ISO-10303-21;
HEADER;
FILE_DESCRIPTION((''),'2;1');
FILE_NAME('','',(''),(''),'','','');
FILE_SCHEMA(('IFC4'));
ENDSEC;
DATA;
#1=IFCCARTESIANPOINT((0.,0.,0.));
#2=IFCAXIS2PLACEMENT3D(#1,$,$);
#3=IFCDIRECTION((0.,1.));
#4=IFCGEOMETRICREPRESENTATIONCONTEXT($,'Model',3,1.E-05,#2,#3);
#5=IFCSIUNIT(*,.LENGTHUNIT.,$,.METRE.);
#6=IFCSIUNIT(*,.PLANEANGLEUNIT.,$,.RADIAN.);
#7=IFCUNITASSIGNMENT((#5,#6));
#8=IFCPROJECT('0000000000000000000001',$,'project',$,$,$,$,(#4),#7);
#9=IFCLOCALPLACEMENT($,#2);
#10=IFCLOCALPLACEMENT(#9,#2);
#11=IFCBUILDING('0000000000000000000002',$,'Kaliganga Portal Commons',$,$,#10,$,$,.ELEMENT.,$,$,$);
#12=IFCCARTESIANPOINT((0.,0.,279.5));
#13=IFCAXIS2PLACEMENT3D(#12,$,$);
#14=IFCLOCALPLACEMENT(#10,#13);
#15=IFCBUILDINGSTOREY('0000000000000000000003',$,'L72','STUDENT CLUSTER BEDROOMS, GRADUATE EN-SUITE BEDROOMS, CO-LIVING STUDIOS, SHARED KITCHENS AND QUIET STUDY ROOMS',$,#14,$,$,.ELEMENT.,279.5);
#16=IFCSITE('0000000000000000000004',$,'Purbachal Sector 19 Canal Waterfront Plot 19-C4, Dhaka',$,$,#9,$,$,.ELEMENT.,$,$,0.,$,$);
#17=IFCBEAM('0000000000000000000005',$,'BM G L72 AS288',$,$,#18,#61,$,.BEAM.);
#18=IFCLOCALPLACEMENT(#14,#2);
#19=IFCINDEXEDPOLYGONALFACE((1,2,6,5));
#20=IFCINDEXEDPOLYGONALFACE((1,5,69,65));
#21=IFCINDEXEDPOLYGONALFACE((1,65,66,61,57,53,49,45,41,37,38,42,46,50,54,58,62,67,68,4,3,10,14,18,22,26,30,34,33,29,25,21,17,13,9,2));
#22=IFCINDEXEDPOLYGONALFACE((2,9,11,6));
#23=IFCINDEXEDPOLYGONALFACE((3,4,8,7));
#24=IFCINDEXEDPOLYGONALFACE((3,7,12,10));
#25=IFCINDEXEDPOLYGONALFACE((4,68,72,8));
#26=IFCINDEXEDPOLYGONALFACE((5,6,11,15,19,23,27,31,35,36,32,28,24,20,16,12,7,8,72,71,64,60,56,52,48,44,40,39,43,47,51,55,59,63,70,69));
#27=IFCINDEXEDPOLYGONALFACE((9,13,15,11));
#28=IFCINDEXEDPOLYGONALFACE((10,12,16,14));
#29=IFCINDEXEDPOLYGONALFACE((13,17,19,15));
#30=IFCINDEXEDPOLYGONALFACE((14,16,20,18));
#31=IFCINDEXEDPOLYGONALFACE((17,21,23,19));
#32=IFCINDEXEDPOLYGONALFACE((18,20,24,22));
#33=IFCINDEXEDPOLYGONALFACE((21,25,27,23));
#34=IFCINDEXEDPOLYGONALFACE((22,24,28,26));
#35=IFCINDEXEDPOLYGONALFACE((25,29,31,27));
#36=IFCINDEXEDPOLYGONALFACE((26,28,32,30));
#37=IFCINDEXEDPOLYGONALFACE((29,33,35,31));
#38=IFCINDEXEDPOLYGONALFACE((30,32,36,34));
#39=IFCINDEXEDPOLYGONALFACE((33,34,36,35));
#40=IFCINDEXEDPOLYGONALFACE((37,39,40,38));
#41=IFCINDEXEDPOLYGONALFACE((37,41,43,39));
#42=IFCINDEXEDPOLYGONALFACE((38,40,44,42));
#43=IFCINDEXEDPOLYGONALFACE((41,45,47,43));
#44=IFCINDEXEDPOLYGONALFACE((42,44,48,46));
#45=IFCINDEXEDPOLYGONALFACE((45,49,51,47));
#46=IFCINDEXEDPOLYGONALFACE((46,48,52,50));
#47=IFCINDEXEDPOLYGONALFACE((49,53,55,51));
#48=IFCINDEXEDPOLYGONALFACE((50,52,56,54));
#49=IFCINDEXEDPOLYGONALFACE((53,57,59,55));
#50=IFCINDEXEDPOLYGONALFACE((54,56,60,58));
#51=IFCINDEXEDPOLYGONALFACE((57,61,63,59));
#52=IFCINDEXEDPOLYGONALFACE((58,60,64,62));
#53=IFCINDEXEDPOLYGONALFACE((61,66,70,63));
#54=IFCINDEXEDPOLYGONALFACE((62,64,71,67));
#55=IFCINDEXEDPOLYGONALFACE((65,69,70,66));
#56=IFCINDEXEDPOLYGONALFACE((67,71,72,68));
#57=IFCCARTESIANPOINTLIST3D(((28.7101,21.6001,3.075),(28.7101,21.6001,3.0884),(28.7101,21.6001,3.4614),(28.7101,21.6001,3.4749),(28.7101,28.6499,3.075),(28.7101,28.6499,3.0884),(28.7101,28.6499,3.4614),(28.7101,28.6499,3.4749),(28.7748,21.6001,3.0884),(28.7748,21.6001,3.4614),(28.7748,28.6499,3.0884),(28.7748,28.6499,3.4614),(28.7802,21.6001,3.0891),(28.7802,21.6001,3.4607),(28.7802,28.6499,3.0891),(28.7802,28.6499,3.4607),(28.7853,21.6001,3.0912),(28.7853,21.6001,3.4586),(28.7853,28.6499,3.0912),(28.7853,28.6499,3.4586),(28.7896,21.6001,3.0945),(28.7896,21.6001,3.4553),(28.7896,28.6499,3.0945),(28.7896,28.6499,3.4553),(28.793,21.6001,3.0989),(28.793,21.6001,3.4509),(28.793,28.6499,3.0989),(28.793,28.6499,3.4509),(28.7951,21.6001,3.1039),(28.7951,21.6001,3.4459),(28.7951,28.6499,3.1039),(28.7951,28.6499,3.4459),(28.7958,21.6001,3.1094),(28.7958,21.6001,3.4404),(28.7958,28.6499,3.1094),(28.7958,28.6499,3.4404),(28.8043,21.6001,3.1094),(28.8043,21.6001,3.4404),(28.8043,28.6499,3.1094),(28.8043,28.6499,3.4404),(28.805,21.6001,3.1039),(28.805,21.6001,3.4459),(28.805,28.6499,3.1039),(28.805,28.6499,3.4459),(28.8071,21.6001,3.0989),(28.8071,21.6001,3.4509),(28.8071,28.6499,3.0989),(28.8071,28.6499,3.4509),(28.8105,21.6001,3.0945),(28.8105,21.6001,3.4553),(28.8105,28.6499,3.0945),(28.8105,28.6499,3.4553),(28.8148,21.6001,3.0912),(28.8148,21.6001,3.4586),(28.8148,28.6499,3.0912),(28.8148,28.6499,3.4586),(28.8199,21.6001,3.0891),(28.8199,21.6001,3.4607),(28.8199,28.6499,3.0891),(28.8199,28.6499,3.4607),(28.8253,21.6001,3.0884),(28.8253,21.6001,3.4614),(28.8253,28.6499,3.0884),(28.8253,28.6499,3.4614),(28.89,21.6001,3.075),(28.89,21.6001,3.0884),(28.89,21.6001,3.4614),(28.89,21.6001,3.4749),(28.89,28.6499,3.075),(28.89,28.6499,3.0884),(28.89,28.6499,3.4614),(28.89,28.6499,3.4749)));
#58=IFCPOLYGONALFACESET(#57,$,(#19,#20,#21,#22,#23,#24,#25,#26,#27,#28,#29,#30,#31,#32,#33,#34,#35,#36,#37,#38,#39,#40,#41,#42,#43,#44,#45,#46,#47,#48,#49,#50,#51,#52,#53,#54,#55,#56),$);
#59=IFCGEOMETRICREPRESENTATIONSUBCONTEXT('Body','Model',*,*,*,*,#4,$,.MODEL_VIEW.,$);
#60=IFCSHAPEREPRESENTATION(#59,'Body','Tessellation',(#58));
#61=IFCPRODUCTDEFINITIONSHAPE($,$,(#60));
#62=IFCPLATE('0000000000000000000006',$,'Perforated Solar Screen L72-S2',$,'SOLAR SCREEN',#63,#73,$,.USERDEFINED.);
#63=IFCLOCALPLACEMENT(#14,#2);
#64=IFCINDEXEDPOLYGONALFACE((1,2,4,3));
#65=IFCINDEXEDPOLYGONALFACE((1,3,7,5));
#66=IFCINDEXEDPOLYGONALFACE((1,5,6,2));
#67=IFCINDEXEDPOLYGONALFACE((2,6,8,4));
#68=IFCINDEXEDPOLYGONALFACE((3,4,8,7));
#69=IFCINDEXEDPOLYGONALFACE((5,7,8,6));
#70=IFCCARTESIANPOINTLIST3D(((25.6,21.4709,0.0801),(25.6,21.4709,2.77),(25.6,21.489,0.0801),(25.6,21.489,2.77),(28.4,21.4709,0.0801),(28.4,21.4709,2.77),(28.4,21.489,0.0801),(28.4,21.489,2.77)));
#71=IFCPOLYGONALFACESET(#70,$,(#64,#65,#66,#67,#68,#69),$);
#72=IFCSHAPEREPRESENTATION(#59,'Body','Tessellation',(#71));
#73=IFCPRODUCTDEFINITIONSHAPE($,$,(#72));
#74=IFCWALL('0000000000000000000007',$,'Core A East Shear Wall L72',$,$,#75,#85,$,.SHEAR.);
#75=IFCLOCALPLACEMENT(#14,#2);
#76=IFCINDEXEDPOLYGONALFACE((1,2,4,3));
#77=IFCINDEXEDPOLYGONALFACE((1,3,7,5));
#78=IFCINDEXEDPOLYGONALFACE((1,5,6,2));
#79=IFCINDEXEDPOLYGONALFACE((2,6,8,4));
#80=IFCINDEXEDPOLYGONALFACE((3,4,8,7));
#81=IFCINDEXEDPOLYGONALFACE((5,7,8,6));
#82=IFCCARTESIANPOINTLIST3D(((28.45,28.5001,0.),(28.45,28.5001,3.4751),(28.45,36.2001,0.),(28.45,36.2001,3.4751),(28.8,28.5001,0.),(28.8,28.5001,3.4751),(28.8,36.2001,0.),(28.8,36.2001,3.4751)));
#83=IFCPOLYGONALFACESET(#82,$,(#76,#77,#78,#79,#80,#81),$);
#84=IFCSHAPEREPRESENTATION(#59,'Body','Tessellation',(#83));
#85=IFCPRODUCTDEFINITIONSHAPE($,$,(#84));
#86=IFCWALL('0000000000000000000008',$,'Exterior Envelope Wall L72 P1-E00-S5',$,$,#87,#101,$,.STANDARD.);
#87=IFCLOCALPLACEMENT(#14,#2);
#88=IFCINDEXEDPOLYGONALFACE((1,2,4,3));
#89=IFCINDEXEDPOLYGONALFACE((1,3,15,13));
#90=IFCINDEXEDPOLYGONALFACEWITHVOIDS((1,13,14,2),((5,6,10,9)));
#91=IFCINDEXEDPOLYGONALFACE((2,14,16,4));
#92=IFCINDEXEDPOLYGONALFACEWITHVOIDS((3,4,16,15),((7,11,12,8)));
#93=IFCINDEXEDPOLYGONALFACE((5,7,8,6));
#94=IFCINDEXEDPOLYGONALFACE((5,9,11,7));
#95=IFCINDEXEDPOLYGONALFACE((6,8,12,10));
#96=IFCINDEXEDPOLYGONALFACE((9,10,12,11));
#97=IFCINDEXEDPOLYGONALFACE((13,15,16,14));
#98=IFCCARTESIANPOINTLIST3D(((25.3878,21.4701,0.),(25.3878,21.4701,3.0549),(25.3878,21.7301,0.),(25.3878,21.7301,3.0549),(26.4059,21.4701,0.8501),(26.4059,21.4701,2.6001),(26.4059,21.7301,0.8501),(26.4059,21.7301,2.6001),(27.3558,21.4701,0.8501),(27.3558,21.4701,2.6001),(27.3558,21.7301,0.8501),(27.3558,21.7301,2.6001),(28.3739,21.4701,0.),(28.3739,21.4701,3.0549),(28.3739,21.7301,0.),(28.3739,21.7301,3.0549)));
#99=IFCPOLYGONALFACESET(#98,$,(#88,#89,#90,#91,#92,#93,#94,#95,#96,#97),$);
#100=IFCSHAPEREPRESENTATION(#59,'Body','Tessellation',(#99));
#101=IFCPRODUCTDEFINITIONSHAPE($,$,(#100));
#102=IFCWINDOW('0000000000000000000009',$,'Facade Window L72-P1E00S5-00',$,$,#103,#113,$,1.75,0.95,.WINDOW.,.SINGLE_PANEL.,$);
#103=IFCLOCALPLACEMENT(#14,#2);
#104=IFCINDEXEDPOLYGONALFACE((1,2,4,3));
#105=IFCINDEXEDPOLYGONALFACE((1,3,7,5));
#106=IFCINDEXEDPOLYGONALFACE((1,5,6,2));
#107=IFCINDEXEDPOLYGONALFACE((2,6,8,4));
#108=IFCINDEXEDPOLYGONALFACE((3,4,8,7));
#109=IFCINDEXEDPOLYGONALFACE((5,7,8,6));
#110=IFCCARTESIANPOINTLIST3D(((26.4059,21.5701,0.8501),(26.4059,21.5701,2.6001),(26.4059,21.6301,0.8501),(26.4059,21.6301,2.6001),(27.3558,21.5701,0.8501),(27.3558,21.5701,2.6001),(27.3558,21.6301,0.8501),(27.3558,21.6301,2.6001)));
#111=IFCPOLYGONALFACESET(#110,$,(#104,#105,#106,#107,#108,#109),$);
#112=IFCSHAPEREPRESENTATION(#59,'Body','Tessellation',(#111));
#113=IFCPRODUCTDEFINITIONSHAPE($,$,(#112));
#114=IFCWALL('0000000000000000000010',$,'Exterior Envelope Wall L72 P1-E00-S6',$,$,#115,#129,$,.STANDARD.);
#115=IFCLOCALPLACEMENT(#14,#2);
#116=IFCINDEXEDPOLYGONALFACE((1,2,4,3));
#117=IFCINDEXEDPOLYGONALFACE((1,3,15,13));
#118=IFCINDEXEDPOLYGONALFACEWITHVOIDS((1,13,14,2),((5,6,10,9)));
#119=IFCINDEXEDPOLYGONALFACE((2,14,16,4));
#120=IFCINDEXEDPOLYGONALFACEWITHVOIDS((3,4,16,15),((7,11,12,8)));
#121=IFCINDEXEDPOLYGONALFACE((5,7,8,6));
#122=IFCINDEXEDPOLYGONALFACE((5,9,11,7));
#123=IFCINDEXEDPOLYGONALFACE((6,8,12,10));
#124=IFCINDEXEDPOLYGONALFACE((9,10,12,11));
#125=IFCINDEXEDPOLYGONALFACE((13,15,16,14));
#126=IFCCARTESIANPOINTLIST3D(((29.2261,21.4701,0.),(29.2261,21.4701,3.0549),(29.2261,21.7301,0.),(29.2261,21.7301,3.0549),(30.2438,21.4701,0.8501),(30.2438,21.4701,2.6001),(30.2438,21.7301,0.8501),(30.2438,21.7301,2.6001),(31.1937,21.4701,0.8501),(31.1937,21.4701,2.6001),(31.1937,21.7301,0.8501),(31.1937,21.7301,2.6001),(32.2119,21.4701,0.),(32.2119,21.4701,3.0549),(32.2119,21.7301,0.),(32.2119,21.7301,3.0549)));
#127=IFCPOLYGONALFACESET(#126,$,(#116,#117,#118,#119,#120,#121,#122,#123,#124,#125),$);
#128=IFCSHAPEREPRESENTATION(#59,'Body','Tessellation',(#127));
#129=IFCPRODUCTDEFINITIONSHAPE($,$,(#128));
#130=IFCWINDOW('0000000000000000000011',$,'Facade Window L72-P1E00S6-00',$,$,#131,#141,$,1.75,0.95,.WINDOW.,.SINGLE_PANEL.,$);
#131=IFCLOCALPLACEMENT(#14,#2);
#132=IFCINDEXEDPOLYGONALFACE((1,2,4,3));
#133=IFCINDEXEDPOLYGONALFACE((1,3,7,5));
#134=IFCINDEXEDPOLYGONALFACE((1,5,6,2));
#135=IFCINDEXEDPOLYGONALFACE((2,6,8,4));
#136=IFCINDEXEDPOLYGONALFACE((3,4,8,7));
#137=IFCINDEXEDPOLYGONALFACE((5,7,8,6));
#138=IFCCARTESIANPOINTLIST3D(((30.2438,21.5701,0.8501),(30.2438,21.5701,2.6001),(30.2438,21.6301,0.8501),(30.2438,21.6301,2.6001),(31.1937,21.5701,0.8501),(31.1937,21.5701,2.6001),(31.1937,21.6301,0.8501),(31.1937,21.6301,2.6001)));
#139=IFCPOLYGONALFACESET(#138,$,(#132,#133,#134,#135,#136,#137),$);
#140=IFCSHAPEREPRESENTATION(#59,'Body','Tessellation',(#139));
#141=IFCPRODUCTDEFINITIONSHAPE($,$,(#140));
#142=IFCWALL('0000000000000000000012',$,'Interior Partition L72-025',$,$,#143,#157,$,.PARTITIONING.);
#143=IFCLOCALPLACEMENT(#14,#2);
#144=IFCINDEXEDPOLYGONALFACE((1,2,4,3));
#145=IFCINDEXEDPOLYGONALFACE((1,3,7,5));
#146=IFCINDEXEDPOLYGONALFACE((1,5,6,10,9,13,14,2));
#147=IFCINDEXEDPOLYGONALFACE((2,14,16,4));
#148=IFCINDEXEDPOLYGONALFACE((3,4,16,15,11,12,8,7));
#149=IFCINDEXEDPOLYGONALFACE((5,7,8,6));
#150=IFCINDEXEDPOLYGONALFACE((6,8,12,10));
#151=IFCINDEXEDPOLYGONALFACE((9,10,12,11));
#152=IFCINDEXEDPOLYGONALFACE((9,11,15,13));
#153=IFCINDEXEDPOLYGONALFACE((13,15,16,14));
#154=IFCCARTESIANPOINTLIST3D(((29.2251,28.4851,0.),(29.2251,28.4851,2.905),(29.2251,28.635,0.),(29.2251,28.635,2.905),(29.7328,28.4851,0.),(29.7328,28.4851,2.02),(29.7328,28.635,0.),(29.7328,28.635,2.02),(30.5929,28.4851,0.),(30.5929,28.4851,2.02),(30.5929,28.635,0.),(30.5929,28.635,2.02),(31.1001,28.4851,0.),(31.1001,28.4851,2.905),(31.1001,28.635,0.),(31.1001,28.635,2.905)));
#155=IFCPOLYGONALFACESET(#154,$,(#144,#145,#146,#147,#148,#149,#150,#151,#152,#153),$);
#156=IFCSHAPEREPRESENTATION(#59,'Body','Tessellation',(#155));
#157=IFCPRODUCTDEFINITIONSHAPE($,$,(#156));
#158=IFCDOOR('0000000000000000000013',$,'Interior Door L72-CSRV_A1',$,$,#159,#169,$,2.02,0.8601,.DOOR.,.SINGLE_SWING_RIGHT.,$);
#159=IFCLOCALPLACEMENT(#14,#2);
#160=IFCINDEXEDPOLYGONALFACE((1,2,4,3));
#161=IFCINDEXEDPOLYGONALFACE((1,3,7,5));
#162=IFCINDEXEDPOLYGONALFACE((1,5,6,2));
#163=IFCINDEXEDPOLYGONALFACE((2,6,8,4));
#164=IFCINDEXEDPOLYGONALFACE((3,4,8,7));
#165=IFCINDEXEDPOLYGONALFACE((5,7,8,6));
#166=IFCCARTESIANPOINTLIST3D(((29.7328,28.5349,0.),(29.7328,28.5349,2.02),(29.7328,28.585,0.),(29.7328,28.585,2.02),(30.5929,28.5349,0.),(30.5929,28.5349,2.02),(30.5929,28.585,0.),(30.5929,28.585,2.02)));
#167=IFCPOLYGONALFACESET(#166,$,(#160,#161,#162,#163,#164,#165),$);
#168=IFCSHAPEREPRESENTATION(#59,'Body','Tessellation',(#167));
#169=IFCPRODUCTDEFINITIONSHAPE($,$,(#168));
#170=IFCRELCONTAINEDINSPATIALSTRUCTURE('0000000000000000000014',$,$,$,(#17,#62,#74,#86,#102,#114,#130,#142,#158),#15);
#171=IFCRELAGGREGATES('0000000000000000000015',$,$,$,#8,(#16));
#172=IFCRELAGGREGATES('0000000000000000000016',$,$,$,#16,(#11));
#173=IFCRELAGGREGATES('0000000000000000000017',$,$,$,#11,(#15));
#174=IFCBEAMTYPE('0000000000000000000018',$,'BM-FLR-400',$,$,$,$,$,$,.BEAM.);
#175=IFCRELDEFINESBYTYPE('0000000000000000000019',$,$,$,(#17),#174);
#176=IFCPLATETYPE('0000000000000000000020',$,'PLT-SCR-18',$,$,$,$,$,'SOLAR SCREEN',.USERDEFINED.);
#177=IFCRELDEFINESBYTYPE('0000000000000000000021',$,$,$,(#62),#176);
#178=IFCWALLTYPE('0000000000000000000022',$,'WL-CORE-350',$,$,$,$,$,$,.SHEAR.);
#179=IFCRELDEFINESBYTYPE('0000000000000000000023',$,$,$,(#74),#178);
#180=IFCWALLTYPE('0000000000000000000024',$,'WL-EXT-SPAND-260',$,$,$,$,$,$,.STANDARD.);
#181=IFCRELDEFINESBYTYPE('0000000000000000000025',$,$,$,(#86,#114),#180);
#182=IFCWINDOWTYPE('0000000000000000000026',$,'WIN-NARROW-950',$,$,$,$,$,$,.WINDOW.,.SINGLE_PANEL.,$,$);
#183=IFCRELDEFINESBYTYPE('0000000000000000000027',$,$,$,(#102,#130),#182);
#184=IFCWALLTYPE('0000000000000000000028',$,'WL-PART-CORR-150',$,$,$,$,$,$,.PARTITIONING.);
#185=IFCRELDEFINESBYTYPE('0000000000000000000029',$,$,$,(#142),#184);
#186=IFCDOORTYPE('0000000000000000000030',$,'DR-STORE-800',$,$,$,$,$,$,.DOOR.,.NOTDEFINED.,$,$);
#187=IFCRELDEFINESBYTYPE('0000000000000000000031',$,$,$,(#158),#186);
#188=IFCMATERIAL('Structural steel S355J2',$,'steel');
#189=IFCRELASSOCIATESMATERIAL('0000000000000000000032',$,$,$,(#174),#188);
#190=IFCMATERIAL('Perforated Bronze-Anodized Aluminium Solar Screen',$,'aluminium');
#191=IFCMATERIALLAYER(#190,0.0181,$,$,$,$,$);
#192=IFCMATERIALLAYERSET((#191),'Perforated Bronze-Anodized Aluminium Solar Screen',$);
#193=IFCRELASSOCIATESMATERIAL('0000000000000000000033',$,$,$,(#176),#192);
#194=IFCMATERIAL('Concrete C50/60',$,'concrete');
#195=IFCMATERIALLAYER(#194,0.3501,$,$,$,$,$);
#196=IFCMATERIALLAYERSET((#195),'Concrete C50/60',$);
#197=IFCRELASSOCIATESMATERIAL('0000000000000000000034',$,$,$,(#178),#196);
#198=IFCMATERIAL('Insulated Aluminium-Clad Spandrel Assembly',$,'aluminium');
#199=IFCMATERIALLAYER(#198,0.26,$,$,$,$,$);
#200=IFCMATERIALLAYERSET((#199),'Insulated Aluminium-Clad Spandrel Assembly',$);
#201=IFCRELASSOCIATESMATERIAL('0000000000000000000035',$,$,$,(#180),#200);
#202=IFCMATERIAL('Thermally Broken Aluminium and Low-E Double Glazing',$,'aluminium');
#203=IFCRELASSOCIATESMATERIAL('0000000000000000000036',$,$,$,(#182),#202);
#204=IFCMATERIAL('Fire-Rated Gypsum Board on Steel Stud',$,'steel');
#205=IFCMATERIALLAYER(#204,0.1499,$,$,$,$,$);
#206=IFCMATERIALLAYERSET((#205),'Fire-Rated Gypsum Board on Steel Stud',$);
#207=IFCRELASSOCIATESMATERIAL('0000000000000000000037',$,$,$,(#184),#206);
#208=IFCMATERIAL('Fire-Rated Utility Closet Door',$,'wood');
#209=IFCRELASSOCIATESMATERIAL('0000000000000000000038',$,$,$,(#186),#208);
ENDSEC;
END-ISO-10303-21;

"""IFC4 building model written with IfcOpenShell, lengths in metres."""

from ifc_helpers import new_model, si_unit, direction, frame, frame_2d, origin, origin_2d, place, context, subcontext, project, spatial, rectangle, i_section, extrude, source, transform, mapped, material, layer, layer_set, material_profile, profile_set, type_object, element, fill, save


model = new_model("IFC4")

# Units and contexts
model_context = context("Model", 3, precision=1e-05, world=origin(), true_north=direction((0.0, 1.0)))
body_context = subcontext(model_context, "Body", "Model", "MODEL_VIEW")
ifc_project = project(units=[si_unit("LENGTHUNIT", "METRE"), si_unit("PLANEANGLEUNIT", "RADIAN")], contexts=[model_context])

# Site, building, storey
site_placement = place(None, origin())
site = spatial("IfcSite", under=ifc_project, at=site_placement, Name="Purbachal Sector 19 Canal Waterfront Plot 19-C4, Dhaka", CompositionType="ELEMENT", RefElevation=0.0)
building_placement = place(site_placement, origin())
building = spatial("IfcBuilding", under=site, at=building_placement, Name="Kaliganga Portal Commons", CompositionType="ELEMENT")
storey_placement = place(building_placement, frame((0.0, 0.0, 279.5)))
storey = spatial("IfcBuildingStorey", under=building, at=storey_placement, Name="L72", Description="STUDENT CLUSTER BEDROOMS, GRADUATE EN-SUITE BEDROOMS, CO-LIVING STUDIOS, SHARED KITCHENS AND QUIET STUDY ROOMS", CompositionType="ELEMENT", Elevation=279.5)

# Shared definitions
ifc_material_1 = material(Name="Concrete C50/60", Category="concrete")

# Beam
ifc_material_2 = material(Name="Structural steel S355J2", Category="steel")
ifc_material_profile_1 = material_profile(ifc_material_2, i_section(OverallWidth=0.1799, OverallDepth=0.3999, WebThickness=0.0085, FlangeThickness=0.0134, FilletRadius=0.021, at=origin_2d()), Name="IPE 400")
ifc_profile_set_1 = profile_set([ifc_material_profile_1], Name="Structural steel S355J2 wide-flange")
beam_type_1 = type_object("IfcBeamType", Name="BM-FLR-400", PredefinedType="BEAM", material=ifc_profile_set_1)
shared_shape_1 = source(origin(), body_context, "Body", "SweptSolid", [
    extrude(i_section(OverallWidth=0.1799, OverallDepth=0.3999, WebThickness=0.0085, FlangeThickness=0.0134, FilletRadius=0.021, at=origin_2d()), origin(), (0.0, 0.0, 1.0), 7.0498),
])
beam_1_placement = place(storey_placement, frame((28.8, 21.6001, 3.2749), z_axis=(0.0, 1.0, 0.0), x_axis=(-1.0, 0.0, 0.0)))
element("IfcBeam", 1, at=beam_1_placement, inside=storey, type_object=beam_type_1, Name="BM G L72 AS288", PredefinedType="BEAM", context=body_context, shape_type="MappedRepresentation", body=[
    mapped(shared_shape_1, transform((0.0, 0.0, 0.0), x_axis=(1.0, 0.0, 0.0), y_axis=(0.0, 1.0, 0.0), z_axis=(0.0, 0.0, 1.0), scale=1.0)),
])

# Plate
ifc_material_3 = material(Name="Perforated Bronze-Anodized Aluminium Solar Screen", Category="aluminium")
ifc_layer_1 = layer(ifc_material_3, 0.0181)
ifc_layer_set_1 = layer_set([ifc_layer_1], Name="Perforated Bronze-Anodized Aluminium Solar Screen")
plate_type = type_object("IfcPlateType", Name="PLT-SCR-18", ElementType="SOLAR SCREEN", PredefinedType="USERDEFINED", material=ifc_layer_set_1)
shared_shape_2 = source(origin(), body_context, "Body", "SweptSolid", [
    extrude(rectangle(XDim=2.8, YDim=0.0181, at=origin_2d()), origin(), (0.0, 0.0, 1.0), 2.6899),
])
plate_placement = place(storey_placement, frame((27.0, 21.48, 0.0801), z_axis=(0.0, 0.0, 1.0), x_axis=(1.0, 0.0, 0.0)))
element("IfcPlate", 2, at=plate_placement, inside=storey, type_object=plate_type, Name="Perforated Solar Screen L72-S2", ObjectType="SOLAR SCREEN", PredefinedType="USERDEFINED", context=body_context, shape_type="MappedRepresentation", body=[
    mapped(shared_shape_2, transform((0.0, 0.0, 0.0), x_axis=(1.0, 0.0, 0.0), y_axis=(0.0, 1.0, 0.0), z_axis=(0.0, 0.0, 1.0), scale=1.0)),
])

# Wall
ifc_layer_2 = layer(ifc_material_1, 0.3501)
ifc_layer_set_2 = layer_set([ifc_layer_2], Name="Concrete C50/60")
wall_type_1 = type_object("IfcWallType", Name="WL-CORE-350", PredefinedType="SHEAR", material=ifc_layer_set_2)
wall_1_placement = place(storey_placement, frame((28.625, 28.5, 0.0), z_axis=(0.0, 0.0, 1.0), x_axis=(0.0, 1.0, 0.0)))
element("IfcWall", 3, at=wall_1_placement, inside=storey, type_object=wall_type_1, Name="Core A East Shear Wall L72", PredefinedType="SHEAR", context=body_context, shape_type="SweptSolid", body=[
    extrude(rectangle(XDim=7.7, YDim=0.3501, at=frame_2d((3.8501, 0.0))), origin(), (0.0, 0.0, 1.0), 3.4751),
])

# Walls, openings, windows
ifc_material_4 = material(Name="Insulated Aluminium-Clad Spandrel Assembly", Category="aluminium")
ifc_layer_3 = layer(ifc_material_4, 0.26)
ifc_layer_set_3 = layer_set([ifc_layer_3], Name="Insulated Aluminium-Clad Spandrel Assembly")
wall_type_2 = type_object("IfcWallType", Name="WL-EXT-SPAND-260", PredefinedType="STANDARD", material=ifc_layer_set_3)
wall_2_placement = place(storey_placement, frame((28.374, 21.6001, 0.0), z_axis=(0.0, 0.0, 1.0), x_axis=(-1.0, 0.0, 0.0)))
wall_2 = element("IfcWall", 4, at=wall_2_placement, inside=storey, type_object=wall_type_2, Name="Exterior Envelope Wall L72 P1-E00-S5", PredefinedType="STANDARD", context=body_context, shape_type="SweptSolid", body=[
    extrude(rectangle(XDim=2.9861, YDim=0.26, at=frame_2d((1.4932, 0.0))), origin(), (0.0, 0.0, 1.0), 3.0549),
])
opening_1_placement = place(wall_2_placement, frame((1.0181, 0.0, 0.8501)))
opening_1 = element("IfcOpeningElement", 5, at=opening_1_placement, cuts=wall_2, PredefinedType="OPENING", context=body_context, shape_type="SweptSolid", body=[
    extrude(rectangle(XDim=0.95, YDim=1.75, at=frame_2d((0.4751, 0.875))), frame((0.0, 0.1401, 0.0), z_axis=(0.0, -1.0, 0.0), x_axis=(1.0, 0.0, 0.0)), (0.0, 0.0, 1.0), 0.28),
])
ifc_material_5 = material(Name="Thermally Broken Aluminium and Low-E Double Glazing", Category="aluminium")
window_type = type_object("IfcWindowType", Name="WIN-NARROW-950", PartitioningType="SINGLE_PANEL", PredefinedType="WINDOW", material=ifc_material_5)
window_1_placement = place(opening_1_placement, origin())
window_1 = element("IfcWindow", 6, at=window_1_placement, inside=storey, type_object=window_type, Name="Facade Window L72-P1E00S5-00", OverallHeight=1.75, OverallWidth=0.95, PartitioningType="SINGLE_PANEL", PredefinedType="WINDOW", context=body_context, shape_type="SweptSolid", body=[
    extrude(rectangle(XDim=0.95, YDim=1.75, at=frame_2d((0.4751, 0.875))), frame((0.0, 0.03, 0.0), z_axis=(0.0, -1.0, 0.0), x_axis=(1.0, 0.0, 0.0)), (0.0, 0.0, 1.0), 0.0601),
])
fill(opening_1, window_1)
wall_3_placement = place(storey_placement, frame((32.2119, 21.6001, 0.0), z_axis=(0.0, 0.0, 1.0), x_axis=(-1.0, 0.0, 0.0)))
wall_3 = element("IfcWall", 7, at=wall_3_placement, inside=storey, type_object=wall_type_2, Name="Exterior Envelope Wall L72 P1-E00-S6", PredefinedType="STANDARD", context=body_context, shape_type="SweptSolid", body=[
    extrude(rectangle(XDim=2.9858, YDim=0.26, at=frame_2d((1.4929, 0.0))), origin(), (0.0, 0.0, 1.0), 3.0549),
])
opening_2_placement = place(wall_3_placement, frame((1.0181, 0.0, 0.8501)))
opening_2 = element("IfcOpeningElement", 8, at=opening_2_placement, cuts=wall_3, PredefinedType="OPENING", context=body_context, shape_type="SweptSolid", body=[
    extrude(rectangle(XDim=0.95, YDim=1.75, at=frame_2d((0.4751, 0.875))), frame((0.0, 0.1401, 0.0), z_axis=(0.0, -1.0, 0.0), x_axis=(1.0, 0.0, 0.0)), (0.0, 0.0, 1.0), 0.28),
])
window_2_placement = place(opening_2_placement, origin())
window_2 = element("IfcWindow", 9, at=window_2_placement, inside=storey, type_object=window_type, Name="Facade Window L72-P1E00S6-00", OverallHeight=1.75, OverallWidth=0.95, PartitioningType="SINGLE_PANEL", PredefinedType="WINDOW", context=body_context, shape_type="SweptSolid", body=[
    extrude(rectangle(XDim=0.95, YDim=1.75, at=frame_2d((0.4751, 0.875))), frame((0.0, 0.03, 0.0), z_axis=(0.0, -1.0, 0.0), x_axis=(1.0, 0.0, 0.0)), (0.0, 0.0, 1.0), 0.0601),
])
fill(opening_2, window_2)

# Wall, opening, door
ifc_material_6 = material(Name="Fire-Rated Gypsum Board on Steel Stud", Category="steel")
ifc_layer_4 = layer(ifc_material_6, 0.1499)
ifc_layer_set_4 = layer_set([ifc_layer_4], Name="Fire-Rated Gypsum Board on Steel Stud")
wall_type_3 = type_object("IfcWallType", Name="WL-PART-CORR-150", PredefinedType="PARTITIONING", material=ifc_layer_set_4)
wall_4_placement = place(storey_placement, frame((29.2251, 28.5601, 0.0), z_axis=(0.0, 0.0, 1.0), x_axis=(1.0, 0.0, 0.0)))
wall_4 = element("IfcWall", 10, at=wall_4_placement, inside=storey, type_object=wall_type_3, Name="Interior Partition L72-025", PredefinedType="PARTITIONING", context=body_context, shape_type="SweptSolid", body=[
    extrude(rectangle(XDim=1.875, YDim=0.1499, at=frame_2d((0.9375, 0.0))), origin(), (0.0, 0.0, 1.0), 2.905),
])
opening_3_placement = place(wall_4_placement, frame((0.5076, 0.0, 0.0)))
opening_3 = element("IfcOpeningElement", 11, at=opening_3_placement, cuts=wall_4, PredefinedType="OPENING", context=body_context, shape_type="SweptSolid", body=[
    extrude(rectangle(XDim=0.8601, YDim=2.02, at=frame_2d((0.4302, 1.01))), frame((0.0, 0.085, 0.0), z_axis=(0.0, -1.0, 0.0), x_axis=(1.0, 0.0, 0.0)), (0.0, 0.0, 1.0), 0.1699),
])
ifc_material_7 = material(Name="Fire-Rated Utility Closet Door", Category="wood")
door_type_1 = type_object("IfcDoorType", Name="DR-STORE-800", OperationType="NOTDEFINED", PredefinedType="DOOR", material=ifc_material_7)
door_1_placement = place(opening_3_placement, origin())
door_1 = element("IfcDoor", 12, at=door_1_placement, inside=storey, type_object=door_type_1, Name="Interior Door L72-CSRV_A1", OperationType="SINGLE_SWING_RIGHT", OverallHeight=2.02, OverallWidth=0.8601, PredefinedType="DOOR", context=body_context, shape_type="SweptSolid", body=[
    extrude(rectangle(XDim=0.8601, YDim=2.02, at=frame_2d((0.4302, 1.01))), frame((0.0, 0.0249, 0.0), z_axis=(0.0, -1.0, 0.0), x_axis=(1.0, 0.0, 0.0)), (0.0, 0.0, 1.0), 0.05),
])
fill(opening_3, door_1)

save(model, "model.ifc")
